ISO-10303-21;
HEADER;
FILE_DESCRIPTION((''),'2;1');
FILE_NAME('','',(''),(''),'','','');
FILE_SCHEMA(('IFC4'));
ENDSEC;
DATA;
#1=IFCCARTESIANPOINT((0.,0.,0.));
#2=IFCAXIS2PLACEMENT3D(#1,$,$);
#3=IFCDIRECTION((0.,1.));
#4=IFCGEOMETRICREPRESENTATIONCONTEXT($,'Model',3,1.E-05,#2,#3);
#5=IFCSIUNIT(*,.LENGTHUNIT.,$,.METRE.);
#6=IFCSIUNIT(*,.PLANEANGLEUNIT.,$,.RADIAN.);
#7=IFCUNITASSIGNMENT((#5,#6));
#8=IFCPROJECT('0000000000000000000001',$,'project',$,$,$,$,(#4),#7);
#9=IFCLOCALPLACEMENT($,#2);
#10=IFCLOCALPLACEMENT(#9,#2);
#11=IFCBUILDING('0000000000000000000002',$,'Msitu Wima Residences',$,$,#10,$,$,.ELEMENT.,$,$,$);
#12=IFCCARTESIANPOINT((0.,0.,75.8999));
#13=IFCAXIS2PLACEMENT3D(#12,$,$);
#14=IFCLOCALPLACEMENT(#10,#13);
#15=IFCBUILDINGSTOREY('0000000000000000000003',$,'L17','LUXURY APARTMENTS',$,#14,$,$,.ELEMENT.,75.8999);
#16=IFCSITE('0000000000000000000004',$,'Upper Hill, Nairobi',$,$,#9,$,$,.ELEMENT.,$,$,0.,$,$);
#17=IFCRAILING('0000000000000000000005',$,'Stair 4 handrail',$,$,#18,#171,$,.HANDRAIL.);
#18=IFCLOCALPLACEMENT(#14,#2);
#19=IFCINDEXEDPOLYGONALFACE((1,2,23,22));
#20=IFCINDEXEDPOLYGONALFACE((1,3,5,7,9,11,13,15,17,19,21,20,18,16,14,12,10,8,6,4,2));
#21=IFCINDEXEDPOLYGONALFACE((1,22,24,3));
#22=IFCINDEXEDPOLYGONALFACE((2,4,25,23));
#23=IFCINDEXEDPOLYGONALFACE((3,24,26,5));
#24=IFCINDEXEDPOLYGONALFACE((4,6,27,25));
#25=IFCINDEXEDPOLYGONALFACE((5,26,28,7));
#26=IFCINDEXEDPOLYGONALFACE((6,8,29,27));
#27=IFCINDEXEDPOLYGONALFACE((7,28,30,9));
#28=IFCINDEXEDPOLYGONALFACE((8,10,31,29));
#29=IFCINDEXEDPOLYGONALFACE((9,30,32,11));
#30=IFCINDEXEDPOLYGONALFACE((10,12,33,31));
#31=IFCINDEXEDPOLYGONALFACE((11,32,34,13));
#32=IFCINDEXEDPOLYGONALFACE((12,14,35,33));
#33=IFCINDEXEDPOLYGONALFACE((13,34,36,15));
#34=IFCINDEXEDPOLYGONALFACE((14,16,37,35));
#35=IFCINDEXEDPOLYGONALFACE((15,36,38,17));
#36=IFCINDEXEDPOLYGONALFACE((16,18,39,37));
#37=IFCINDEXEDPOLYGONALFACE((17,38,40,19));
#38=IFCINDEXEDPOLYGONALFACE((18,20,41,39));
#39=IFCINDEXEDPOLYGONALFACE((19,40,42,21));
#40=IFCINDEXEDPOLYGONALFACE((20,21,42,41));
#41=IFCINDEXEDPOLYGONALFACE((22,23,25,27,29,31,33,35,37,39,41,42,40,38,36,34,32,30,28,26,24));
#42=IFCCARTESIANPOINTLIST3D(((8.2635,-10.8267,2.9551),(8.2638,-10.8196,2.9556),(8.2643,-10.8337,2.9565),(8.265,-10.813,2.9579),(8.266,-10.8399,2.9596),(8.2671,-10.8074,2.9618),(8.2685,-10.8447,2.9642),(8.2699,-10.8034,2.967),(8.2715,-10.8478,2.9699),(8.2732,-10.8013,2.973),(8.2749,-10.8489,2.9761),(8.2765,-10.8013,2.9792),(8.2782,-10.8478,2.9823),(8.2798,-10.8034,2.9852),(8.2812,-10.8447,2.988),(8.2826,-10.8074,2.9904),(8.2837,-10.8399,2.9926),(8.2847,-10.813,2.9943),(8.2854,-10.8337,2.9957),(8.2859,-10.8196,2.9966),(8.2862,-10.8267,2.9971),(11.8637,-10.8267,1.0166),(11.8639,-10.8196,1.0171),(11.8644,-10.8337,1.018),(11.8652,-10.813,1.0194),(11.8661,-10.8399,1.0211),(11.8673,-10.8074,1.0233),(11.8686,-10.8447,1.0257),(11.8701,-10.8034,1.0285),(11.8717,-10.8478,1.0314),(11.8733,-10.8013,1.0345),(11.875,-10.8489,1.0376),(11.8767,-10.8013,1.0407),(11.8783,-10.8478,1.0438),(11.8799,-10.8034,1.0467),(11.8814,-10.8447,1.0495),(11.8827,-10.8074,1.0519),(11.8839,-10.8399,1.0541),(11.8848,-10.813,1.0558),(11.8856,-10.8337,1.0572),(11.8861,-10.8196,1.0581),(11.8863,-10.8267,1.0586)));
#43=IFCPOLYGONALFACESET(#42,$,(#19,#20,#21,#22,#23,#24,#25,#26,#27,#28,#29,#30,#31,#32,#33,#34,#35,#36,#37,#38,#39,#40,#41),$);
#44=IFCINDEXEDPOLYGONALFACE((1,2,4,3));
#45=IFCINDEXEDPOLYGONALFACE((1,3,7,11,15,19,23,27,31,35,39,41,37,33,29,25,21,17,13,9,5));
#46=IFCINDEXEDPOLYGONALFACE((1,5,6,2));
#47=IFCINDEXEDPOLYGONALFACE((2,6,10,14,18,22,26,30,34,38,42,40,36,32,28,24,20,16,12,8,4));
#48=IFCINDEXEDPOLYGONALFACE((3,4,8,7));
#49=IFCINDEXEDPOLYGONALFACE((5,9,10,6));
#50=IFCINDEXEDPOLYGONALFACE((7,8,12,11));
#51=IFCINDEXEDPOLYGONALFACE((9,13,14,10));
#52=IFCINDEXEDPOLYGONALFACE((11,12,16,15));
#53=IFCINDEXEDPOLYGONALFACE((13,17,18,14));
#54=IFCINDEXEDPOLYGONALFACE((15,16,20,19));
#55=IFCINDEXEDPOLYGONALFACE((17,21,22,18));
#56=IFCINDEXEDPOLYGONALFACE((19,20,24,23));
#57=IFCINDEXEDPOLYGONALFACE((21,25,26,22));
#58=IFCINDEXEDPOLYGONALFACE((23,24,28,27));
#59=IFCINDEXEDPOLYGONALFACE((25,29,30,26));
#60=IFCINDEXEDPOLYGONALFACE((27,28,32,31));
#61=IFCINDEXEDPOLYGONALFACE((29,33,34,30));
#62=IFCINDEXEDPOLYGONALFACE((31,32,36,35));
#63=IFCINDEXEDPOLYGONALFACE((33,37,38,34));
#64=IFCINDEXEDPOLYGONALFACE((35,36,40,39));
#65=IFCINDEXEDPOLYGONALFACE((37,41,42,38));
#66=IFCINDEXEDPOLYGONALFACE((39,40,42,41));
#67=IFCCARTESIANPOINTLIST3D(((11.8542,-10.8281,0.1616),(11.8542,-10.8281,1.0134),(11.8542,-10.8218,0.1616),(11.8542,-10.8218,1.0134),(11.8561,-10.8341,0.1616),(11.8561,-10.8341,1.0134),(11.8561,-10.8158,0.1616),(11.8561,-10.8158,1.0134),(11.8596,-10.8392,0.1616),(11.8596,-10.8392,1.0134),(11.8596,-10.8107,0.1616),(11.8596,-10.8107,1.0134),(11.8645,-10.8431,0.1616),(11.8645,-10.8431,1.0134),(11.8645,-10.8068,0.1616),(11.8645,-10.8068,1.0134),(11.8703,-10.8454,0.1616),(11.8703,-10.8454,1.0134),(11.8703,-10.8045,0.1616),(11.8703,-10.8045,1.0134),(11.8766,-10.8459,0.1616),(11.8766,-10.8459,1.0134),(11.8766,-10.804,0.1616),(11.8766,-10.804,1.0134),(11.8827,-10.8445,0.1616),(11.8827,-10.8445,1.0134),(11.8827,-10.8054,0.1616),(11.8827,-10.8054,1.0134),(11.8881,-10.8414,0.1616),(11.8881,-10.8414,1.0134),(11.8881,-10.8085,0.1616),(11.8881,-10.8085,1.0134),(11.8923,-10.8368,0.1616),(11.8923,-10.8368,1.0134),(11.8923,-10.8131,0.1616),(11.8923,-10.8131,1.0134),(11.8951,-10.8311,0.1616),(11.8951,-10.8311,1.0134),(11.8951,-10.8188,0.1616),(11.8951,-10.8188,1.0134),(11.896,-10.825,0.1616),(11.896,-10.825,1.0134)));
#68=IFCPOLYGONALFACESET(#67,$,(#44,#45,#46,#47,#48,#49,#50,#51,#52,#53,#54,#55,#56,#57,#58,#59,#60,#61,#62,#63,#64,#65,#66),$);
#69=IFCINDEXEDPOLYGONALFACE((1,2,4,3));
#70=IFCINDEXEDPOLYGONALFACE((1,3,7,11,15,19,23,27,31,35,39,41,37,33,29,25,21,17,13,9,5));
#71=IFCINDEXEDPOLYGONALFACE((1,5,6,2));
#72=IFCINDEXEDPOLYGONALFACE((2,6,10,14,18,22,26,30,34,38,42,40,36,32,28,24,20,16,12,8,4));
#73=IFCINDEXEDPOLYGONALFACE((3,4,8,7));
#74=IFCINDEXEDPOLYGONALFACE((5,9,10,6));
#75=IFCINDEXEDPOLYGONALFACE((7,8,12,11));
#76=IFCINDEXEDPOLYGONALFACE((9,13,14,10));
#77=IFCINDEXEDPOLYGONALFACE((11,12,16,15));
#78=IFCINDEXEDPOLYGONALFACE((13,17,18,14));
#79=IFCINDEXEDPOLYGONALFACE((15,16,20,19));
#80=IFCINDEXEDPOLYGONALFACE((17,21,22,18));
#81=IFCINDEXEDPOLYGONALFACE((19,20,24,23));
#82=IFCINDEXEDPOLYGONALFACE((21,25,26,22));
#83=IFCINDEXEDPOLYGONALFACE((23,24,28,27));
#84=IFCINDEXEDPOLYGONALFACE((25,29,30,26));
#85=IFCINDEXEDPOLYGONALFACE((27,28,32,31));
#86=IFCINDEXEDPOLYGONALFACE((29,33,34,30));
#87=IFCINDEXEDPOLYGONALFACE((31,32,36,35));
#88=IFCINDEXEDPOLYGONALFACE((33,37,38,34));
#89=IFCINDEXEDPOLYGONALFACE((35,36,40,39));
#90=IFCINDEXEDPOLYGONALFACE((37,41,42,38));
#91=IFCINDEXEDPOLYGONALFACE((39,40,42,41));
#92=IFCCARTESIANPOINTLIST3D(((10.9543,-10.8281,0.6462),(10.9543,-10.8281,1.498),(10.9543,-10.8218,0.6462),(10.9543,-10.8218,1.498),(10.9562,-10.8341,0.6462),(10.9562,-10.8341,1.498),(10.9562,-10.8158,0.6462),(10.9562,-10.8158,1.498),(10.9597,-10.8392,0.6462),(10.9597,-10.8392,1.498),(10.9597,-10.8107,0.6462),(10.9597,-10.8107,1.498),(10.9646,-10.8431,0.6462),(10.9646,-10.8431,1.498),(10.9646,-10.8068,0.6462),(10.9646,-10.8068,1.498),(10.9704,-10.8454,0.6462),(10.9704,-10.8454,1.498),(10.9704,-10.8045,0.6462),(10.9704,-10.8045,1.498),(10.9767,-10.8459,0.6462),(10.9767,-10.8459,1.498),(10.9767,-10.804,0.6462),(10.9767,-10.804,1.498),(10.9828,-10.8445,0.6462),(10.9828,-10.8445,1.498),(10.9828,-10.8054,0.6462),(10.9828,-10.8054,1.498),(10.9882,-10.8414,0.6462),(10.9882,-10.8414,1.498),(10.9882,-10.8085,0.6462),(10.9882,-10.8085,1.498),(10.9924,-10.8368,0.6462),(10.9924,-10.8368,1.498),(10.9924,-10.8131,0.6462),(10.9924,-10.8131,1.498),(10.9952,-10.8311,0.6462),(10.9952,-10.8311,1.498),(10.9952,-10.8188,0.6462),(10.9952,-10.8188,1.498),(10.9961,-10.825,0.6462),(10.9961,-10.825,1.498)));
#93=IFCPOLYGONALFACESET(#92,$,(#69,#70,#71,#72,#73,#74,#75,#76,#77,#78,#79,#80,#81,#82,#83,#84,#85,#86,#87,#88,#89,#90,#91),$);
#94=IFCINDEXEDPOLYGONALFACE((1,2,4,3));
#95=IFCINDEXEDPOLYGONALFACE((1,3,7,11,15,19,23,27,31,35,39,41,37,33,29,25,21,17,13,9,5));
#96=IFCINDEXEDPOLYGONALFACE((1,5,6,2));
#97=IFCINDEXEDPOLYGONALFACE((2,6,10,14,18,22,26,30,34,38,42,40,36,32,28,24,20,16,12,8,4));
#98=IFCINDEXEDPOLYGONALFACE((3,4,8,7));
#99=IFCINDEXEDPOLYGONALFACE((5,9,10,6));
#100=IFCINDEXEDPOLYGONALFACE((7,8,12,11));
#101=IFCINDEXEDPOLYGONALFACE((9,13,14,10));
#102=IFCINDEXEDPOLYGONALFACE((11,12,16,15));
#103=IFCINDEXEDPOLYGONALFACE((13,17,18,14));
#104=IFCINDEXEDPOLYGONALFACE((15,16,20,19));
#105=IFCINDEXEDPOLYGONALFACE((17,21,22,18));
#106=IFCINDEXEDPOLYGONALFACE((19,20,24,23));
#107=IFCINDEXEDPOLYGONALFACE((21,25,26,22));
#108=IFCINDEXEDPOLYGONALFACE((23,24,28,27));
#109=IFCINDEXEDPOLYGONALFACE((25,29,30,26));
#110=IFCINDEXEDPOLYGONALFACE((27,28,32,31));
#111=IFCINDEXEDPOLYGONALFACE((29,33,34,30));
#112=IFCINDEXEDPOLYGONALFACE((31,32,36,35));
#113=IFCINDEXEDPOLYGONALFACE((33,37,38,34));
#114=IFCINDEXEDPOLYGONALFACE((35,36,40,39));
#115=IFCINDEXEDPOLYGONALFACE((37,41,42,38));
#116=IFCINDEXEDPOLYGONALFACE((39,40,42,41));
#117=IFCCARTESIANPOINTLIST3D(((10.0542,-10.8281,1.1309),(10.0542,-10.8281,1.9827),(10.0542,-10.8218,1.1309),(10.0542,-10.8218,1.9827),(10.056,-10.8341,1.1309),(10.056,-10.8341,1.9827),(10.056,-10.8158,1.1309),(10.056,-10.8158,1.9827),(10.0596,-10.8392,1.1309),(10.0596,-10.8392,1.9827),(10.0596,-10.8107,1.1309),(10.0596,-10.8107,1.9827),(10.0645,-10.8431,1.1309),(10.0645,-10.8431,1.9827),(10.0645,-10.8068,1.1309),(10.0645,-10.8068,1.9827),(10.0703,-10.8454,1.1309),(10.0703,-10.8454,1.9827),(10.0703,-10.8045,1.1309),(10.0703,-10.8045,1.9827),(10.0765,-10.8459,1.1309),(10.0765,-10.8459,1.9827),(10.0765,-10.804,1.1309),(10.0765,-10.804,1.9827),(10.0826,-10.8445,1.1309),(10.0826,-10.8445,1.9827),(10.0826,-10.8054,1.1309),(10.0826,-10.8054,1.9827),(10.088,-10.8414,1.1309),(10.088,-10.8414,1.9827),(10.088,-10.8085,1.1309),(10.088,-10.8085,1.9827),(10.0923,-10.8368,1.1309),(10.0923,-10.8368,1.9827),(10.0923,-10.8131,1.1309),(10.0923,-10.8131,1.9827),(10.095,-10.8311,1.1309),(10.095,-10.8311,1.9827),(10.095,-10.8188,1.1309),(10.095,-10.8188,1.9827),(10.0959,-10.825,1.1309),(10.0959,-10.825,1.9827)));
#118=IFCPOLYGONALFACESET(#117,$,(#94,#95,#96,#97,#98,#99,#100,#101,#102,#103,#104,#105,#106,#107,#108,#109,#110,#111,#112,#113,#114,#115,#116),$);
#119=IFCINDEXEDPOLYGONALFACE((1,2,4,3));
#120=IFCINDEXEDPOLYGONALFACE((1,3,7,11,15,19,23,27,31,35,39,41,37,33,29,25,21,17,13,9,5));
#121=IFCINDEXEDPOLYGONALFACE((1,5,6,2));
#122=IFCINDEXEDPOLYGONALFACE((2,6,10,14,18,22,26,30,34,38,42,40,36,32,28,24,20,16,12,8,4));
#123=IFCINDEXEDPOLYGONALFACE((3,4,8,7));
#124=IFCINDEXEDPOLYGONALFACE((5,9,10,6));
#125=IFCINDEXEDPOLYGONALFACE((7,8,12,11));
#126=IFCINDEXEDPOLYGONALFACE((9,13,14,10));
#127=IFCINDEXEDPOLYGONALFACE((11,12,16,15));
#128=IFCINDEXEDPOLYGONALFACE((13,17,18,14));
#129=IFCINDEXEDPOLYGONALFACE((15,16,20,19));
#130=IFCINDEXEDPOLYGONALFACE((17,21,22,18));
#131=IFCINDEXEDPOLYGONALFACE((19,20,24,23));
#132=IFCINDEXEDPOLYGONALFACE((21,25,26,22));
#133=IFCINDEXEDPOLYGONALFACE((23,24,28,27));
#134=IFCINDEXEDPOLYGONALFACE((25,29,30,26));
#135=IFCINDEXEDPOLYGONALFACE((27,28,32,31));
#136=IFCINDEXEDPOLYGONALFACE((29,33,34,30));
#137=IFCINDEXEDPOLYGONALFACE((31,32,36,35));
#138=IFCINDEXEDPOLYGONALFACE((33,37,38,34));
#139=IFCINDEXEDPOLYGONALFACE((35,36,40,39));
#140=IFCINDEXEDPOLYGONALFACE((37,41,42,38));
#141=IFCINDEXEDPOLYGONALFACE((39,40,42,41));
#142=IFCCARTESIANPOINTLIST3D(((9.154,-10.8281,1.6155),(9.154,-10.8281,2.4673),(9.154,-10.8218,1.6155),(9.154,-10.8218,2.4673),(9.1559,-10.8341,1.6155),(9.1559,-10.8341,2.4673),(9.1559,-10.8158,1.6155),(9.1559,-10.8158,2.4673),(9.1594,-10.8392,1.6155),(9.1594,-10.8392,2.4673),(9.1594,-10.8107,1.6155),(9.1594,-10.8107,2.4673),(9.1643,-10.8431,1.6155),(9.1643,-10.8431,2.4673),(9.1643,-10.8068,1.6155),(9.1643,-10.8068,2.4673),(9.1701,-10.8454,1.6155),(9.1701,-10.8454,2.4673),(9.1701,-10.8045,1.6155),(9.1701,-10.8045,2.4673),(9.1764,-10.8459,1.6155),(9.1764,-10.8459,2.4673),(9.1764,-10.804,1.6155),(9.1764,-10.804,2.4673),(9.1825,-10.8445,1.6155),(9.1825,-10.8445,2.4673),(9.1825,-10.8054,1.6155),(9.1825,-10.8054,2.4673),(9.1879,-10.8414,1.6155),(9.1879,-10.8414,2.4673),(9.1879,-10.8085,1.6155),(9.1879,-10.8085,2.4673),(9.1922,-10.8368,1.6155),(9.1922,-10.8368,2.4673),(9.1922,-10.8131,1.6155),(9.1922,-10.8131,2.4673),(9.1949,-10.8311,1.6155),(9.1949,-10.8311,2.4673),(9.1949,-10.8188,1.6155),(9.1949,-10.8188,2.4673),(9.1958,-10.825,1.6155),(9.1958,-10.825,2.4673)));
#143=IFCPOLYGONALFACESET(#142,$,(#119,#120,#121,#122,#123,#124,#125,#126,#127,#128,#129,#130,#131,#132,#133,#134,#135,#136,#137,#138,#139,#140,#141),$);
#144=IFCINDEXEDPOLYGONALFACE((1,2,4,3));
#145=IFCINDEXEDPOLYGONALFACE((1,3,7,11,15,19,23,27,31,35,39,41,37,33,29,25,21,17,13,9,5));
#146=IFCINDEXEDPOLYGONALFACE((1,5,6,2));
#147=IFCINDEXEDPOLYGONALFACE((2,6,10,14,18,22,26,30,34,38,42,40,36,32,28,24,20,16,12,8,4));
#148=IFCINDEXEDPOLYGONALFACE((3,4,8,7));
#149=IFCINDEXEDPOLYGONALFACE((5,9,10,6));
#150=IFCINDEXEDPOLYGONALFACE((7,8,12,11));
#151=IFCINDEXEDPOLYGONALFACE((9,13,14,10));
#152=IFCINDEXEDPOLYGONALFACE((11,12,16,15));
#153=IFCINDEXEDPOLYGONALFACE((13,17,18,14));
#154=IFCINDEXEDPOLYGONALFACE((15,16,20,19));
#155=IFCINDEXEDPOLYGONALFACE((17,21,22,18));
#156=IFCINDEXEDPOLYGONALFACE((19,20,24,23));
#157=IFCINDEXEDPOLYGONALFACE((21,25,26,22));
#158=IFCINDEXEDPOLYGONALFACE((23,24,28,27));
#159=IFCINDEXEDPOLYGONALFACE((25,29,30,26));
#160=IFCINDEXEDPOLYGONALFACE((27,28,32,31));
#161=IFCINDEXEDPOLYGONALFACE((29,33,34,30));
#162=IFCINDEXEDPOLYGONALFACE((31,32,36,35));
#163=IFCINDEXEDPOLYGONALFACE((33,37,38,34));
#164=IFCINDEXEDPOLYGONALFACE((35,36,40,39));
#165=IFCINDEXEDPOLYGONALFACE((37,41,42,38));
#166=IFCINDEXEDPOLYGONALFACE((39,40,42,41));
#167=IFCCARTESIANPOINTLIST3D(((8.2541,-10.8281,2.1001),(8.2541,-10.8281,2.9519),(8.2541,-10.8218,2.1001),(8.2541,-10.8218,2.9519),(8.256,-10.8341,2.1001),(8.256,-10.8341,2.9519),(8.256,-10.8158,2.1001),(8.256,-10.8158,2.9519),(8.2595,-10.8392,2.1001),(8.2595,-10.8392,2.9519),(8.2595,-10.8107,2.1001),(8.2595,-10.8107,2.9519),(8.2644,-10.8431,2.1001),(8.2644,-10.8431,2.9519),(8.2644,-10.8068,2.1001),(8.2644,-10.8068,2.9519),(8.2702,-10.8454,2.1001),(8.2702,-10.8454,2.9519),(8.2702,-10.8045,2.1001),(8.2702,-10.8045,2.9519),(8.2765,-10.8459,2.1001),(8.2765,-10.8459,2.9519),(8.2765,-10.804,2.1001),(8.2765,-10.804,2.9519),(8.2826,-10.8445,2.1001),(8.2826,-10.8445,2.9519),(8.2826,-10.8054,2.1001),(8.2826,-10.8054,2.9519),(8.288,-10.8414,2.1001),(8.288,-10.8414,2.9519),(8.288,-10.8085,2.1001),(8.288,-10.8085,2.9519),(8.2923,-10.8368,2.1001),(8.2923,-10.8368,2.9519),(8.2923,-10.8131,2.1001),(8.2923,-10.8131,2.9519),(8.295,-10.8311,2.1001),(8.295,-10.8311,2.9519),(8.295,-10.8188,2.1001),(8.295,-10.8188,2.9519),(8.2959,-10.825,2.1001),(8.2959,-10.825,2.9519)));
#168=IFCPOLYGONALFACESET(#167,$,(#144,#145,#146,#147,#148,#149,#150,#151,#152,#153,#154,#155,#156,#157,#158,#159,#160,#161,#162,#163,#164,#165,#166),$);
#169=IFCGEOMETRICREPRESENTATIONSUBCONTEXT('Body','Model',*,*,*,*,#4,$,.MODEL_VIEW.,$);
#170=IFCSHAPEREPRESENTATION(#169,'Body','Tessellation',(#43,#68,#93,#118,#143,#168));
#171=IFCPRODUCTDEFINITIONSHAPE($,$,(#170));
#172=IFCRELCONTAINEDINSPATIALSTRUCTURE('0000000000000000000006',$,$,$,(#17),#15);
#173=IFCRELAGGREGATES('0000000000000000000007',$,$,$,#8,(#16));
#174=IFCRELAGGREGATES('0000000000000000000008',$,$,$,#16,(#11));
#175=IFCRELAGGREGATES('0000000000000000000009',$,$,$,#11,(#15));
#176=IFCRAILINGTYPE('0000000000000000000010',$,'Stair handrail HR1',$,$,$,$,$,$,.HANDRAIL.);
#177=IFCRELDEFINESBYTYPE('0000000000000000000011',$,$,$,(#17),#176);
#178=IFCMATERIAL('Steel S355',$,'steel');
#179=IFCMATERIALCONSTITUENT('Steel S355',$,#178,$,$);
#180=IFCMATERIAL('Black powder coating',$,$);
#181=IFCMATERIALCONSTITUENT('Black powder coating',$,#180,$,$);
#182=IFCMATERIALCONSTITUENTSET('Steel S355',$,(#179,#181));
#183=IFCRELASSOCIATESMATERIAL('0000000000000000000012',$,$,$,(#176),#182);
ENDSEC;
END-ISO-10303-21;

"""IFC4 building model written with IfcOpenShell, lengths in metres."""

from ifc_helpers import new_model, si_unit, direction, frame, origin, origin_2d, place, context, subcontext, project, spatial, circle, extrude, material, constituent, constituent_set, type_object, element, save


model = new_model("IFC4")

# Units and contexts
model_context = context("Model", 3, precision=1e-05, world=origin(), true_north=direction((0.0, 1.0)))
body_context = subcontext(model_context, "Body", "Model", "MODEL_VIEW")
ifc_project = project(units=[si_unit("LENGTHUNIT", "METRE"), si_unit("PLANEANGLEUNIT", "RADIAN")], contexts=[model_context])

# Site, building, storey
site_placement = place(None, origin())
site = spatial("IfcSite", under=ifc_project, at=site_placement, Name="Upper Hill, Nairobi", CompositionType="ELEMENT", RefElevation=0.0)
building_placement = place(site_placement, origin())
building = spatial("IfcBuilding", under=site, at=building_placement, Name="Msitu Wima Residences", CompositionType="ELEMENT")
storey_placement = place(building_placement, frame((0.0, 0.0, 75.8999)))
storey = spatial("IfcBuildingStorey", under=building, at=storey_placement, Name="L17", Description="LUXURY APARTMENTS", CompositionType="ELEMENT", Elevation=75.8999)

# Railing
ifc_material_1 = material(Name="Steel S355", Category="steel")
ifc_constituent_1 = constituent(ifc_material_1, Name="Steel S355")
ifc_material_2 = material(Name="Black powder coating")
ifc_constituent_2 = constituent(ifc_material_2, Name="Black powder coating")
ifc_constituent_set = constituent_set(constituents=[ifc_constituent_1, ifc_constituent_2], Name="Steel S355")
railing_type = type_object("IfcRailingType", Name="Stair handrail HR1", PredefinedType="HANDRAIL", material=ifc_constituent_set)
for number, where, name in (
    (1, (11.875, -10.825, 0.1616), "Stair 4 handrail"),
):
    element("IfcRailing", number, at=place(storey_placement, frame(where)), inside=storey, type_object=railing_type, Name=name, PredefinedType="HANDRAIL", context=body_context, shape_type="SweptSolid", body=[
        extrude(circle(Radius=0.0239, at=origin_2d()), frame((0.0, 0.0, 0.876), z_axis=(-0.880475, 0.0, 0.474093), x_axis=(0.0, -1.0, 0.0)), (0.0, 0.0, 1.0), 4.0889),
        extrude(circle(Radius=0.021, at=origin_2d()), origin(), (0.0, 0.0, 1.0), 0.8518),
        extrude(circle(Radius=0.021, at=origin_2d()), frame((-0.8999, 0.0, 0.4846)), (0.0, 0.0, 1.0), 0.8518),
        extrude(circle(Radius=0.021, at=origin_2d()), frame((-1.8, 0.0, 0.9692)), (0.0, 0.0, 1.0), 0.8518),
        extrude(circle(Radius=0.021, at=origin_2d()), frame((-2.7002, 0.0, 1.4539)), (0.0, 0.0, 1.0), 0.8518),
        extrude(circle(Radius=0.021, at=origin_2d()), frame((-3.6001, 0.0, 1.9385)), (0.0, 0.0, 1.0), 0.8518),
    ])

save(model, "model.ifc")
